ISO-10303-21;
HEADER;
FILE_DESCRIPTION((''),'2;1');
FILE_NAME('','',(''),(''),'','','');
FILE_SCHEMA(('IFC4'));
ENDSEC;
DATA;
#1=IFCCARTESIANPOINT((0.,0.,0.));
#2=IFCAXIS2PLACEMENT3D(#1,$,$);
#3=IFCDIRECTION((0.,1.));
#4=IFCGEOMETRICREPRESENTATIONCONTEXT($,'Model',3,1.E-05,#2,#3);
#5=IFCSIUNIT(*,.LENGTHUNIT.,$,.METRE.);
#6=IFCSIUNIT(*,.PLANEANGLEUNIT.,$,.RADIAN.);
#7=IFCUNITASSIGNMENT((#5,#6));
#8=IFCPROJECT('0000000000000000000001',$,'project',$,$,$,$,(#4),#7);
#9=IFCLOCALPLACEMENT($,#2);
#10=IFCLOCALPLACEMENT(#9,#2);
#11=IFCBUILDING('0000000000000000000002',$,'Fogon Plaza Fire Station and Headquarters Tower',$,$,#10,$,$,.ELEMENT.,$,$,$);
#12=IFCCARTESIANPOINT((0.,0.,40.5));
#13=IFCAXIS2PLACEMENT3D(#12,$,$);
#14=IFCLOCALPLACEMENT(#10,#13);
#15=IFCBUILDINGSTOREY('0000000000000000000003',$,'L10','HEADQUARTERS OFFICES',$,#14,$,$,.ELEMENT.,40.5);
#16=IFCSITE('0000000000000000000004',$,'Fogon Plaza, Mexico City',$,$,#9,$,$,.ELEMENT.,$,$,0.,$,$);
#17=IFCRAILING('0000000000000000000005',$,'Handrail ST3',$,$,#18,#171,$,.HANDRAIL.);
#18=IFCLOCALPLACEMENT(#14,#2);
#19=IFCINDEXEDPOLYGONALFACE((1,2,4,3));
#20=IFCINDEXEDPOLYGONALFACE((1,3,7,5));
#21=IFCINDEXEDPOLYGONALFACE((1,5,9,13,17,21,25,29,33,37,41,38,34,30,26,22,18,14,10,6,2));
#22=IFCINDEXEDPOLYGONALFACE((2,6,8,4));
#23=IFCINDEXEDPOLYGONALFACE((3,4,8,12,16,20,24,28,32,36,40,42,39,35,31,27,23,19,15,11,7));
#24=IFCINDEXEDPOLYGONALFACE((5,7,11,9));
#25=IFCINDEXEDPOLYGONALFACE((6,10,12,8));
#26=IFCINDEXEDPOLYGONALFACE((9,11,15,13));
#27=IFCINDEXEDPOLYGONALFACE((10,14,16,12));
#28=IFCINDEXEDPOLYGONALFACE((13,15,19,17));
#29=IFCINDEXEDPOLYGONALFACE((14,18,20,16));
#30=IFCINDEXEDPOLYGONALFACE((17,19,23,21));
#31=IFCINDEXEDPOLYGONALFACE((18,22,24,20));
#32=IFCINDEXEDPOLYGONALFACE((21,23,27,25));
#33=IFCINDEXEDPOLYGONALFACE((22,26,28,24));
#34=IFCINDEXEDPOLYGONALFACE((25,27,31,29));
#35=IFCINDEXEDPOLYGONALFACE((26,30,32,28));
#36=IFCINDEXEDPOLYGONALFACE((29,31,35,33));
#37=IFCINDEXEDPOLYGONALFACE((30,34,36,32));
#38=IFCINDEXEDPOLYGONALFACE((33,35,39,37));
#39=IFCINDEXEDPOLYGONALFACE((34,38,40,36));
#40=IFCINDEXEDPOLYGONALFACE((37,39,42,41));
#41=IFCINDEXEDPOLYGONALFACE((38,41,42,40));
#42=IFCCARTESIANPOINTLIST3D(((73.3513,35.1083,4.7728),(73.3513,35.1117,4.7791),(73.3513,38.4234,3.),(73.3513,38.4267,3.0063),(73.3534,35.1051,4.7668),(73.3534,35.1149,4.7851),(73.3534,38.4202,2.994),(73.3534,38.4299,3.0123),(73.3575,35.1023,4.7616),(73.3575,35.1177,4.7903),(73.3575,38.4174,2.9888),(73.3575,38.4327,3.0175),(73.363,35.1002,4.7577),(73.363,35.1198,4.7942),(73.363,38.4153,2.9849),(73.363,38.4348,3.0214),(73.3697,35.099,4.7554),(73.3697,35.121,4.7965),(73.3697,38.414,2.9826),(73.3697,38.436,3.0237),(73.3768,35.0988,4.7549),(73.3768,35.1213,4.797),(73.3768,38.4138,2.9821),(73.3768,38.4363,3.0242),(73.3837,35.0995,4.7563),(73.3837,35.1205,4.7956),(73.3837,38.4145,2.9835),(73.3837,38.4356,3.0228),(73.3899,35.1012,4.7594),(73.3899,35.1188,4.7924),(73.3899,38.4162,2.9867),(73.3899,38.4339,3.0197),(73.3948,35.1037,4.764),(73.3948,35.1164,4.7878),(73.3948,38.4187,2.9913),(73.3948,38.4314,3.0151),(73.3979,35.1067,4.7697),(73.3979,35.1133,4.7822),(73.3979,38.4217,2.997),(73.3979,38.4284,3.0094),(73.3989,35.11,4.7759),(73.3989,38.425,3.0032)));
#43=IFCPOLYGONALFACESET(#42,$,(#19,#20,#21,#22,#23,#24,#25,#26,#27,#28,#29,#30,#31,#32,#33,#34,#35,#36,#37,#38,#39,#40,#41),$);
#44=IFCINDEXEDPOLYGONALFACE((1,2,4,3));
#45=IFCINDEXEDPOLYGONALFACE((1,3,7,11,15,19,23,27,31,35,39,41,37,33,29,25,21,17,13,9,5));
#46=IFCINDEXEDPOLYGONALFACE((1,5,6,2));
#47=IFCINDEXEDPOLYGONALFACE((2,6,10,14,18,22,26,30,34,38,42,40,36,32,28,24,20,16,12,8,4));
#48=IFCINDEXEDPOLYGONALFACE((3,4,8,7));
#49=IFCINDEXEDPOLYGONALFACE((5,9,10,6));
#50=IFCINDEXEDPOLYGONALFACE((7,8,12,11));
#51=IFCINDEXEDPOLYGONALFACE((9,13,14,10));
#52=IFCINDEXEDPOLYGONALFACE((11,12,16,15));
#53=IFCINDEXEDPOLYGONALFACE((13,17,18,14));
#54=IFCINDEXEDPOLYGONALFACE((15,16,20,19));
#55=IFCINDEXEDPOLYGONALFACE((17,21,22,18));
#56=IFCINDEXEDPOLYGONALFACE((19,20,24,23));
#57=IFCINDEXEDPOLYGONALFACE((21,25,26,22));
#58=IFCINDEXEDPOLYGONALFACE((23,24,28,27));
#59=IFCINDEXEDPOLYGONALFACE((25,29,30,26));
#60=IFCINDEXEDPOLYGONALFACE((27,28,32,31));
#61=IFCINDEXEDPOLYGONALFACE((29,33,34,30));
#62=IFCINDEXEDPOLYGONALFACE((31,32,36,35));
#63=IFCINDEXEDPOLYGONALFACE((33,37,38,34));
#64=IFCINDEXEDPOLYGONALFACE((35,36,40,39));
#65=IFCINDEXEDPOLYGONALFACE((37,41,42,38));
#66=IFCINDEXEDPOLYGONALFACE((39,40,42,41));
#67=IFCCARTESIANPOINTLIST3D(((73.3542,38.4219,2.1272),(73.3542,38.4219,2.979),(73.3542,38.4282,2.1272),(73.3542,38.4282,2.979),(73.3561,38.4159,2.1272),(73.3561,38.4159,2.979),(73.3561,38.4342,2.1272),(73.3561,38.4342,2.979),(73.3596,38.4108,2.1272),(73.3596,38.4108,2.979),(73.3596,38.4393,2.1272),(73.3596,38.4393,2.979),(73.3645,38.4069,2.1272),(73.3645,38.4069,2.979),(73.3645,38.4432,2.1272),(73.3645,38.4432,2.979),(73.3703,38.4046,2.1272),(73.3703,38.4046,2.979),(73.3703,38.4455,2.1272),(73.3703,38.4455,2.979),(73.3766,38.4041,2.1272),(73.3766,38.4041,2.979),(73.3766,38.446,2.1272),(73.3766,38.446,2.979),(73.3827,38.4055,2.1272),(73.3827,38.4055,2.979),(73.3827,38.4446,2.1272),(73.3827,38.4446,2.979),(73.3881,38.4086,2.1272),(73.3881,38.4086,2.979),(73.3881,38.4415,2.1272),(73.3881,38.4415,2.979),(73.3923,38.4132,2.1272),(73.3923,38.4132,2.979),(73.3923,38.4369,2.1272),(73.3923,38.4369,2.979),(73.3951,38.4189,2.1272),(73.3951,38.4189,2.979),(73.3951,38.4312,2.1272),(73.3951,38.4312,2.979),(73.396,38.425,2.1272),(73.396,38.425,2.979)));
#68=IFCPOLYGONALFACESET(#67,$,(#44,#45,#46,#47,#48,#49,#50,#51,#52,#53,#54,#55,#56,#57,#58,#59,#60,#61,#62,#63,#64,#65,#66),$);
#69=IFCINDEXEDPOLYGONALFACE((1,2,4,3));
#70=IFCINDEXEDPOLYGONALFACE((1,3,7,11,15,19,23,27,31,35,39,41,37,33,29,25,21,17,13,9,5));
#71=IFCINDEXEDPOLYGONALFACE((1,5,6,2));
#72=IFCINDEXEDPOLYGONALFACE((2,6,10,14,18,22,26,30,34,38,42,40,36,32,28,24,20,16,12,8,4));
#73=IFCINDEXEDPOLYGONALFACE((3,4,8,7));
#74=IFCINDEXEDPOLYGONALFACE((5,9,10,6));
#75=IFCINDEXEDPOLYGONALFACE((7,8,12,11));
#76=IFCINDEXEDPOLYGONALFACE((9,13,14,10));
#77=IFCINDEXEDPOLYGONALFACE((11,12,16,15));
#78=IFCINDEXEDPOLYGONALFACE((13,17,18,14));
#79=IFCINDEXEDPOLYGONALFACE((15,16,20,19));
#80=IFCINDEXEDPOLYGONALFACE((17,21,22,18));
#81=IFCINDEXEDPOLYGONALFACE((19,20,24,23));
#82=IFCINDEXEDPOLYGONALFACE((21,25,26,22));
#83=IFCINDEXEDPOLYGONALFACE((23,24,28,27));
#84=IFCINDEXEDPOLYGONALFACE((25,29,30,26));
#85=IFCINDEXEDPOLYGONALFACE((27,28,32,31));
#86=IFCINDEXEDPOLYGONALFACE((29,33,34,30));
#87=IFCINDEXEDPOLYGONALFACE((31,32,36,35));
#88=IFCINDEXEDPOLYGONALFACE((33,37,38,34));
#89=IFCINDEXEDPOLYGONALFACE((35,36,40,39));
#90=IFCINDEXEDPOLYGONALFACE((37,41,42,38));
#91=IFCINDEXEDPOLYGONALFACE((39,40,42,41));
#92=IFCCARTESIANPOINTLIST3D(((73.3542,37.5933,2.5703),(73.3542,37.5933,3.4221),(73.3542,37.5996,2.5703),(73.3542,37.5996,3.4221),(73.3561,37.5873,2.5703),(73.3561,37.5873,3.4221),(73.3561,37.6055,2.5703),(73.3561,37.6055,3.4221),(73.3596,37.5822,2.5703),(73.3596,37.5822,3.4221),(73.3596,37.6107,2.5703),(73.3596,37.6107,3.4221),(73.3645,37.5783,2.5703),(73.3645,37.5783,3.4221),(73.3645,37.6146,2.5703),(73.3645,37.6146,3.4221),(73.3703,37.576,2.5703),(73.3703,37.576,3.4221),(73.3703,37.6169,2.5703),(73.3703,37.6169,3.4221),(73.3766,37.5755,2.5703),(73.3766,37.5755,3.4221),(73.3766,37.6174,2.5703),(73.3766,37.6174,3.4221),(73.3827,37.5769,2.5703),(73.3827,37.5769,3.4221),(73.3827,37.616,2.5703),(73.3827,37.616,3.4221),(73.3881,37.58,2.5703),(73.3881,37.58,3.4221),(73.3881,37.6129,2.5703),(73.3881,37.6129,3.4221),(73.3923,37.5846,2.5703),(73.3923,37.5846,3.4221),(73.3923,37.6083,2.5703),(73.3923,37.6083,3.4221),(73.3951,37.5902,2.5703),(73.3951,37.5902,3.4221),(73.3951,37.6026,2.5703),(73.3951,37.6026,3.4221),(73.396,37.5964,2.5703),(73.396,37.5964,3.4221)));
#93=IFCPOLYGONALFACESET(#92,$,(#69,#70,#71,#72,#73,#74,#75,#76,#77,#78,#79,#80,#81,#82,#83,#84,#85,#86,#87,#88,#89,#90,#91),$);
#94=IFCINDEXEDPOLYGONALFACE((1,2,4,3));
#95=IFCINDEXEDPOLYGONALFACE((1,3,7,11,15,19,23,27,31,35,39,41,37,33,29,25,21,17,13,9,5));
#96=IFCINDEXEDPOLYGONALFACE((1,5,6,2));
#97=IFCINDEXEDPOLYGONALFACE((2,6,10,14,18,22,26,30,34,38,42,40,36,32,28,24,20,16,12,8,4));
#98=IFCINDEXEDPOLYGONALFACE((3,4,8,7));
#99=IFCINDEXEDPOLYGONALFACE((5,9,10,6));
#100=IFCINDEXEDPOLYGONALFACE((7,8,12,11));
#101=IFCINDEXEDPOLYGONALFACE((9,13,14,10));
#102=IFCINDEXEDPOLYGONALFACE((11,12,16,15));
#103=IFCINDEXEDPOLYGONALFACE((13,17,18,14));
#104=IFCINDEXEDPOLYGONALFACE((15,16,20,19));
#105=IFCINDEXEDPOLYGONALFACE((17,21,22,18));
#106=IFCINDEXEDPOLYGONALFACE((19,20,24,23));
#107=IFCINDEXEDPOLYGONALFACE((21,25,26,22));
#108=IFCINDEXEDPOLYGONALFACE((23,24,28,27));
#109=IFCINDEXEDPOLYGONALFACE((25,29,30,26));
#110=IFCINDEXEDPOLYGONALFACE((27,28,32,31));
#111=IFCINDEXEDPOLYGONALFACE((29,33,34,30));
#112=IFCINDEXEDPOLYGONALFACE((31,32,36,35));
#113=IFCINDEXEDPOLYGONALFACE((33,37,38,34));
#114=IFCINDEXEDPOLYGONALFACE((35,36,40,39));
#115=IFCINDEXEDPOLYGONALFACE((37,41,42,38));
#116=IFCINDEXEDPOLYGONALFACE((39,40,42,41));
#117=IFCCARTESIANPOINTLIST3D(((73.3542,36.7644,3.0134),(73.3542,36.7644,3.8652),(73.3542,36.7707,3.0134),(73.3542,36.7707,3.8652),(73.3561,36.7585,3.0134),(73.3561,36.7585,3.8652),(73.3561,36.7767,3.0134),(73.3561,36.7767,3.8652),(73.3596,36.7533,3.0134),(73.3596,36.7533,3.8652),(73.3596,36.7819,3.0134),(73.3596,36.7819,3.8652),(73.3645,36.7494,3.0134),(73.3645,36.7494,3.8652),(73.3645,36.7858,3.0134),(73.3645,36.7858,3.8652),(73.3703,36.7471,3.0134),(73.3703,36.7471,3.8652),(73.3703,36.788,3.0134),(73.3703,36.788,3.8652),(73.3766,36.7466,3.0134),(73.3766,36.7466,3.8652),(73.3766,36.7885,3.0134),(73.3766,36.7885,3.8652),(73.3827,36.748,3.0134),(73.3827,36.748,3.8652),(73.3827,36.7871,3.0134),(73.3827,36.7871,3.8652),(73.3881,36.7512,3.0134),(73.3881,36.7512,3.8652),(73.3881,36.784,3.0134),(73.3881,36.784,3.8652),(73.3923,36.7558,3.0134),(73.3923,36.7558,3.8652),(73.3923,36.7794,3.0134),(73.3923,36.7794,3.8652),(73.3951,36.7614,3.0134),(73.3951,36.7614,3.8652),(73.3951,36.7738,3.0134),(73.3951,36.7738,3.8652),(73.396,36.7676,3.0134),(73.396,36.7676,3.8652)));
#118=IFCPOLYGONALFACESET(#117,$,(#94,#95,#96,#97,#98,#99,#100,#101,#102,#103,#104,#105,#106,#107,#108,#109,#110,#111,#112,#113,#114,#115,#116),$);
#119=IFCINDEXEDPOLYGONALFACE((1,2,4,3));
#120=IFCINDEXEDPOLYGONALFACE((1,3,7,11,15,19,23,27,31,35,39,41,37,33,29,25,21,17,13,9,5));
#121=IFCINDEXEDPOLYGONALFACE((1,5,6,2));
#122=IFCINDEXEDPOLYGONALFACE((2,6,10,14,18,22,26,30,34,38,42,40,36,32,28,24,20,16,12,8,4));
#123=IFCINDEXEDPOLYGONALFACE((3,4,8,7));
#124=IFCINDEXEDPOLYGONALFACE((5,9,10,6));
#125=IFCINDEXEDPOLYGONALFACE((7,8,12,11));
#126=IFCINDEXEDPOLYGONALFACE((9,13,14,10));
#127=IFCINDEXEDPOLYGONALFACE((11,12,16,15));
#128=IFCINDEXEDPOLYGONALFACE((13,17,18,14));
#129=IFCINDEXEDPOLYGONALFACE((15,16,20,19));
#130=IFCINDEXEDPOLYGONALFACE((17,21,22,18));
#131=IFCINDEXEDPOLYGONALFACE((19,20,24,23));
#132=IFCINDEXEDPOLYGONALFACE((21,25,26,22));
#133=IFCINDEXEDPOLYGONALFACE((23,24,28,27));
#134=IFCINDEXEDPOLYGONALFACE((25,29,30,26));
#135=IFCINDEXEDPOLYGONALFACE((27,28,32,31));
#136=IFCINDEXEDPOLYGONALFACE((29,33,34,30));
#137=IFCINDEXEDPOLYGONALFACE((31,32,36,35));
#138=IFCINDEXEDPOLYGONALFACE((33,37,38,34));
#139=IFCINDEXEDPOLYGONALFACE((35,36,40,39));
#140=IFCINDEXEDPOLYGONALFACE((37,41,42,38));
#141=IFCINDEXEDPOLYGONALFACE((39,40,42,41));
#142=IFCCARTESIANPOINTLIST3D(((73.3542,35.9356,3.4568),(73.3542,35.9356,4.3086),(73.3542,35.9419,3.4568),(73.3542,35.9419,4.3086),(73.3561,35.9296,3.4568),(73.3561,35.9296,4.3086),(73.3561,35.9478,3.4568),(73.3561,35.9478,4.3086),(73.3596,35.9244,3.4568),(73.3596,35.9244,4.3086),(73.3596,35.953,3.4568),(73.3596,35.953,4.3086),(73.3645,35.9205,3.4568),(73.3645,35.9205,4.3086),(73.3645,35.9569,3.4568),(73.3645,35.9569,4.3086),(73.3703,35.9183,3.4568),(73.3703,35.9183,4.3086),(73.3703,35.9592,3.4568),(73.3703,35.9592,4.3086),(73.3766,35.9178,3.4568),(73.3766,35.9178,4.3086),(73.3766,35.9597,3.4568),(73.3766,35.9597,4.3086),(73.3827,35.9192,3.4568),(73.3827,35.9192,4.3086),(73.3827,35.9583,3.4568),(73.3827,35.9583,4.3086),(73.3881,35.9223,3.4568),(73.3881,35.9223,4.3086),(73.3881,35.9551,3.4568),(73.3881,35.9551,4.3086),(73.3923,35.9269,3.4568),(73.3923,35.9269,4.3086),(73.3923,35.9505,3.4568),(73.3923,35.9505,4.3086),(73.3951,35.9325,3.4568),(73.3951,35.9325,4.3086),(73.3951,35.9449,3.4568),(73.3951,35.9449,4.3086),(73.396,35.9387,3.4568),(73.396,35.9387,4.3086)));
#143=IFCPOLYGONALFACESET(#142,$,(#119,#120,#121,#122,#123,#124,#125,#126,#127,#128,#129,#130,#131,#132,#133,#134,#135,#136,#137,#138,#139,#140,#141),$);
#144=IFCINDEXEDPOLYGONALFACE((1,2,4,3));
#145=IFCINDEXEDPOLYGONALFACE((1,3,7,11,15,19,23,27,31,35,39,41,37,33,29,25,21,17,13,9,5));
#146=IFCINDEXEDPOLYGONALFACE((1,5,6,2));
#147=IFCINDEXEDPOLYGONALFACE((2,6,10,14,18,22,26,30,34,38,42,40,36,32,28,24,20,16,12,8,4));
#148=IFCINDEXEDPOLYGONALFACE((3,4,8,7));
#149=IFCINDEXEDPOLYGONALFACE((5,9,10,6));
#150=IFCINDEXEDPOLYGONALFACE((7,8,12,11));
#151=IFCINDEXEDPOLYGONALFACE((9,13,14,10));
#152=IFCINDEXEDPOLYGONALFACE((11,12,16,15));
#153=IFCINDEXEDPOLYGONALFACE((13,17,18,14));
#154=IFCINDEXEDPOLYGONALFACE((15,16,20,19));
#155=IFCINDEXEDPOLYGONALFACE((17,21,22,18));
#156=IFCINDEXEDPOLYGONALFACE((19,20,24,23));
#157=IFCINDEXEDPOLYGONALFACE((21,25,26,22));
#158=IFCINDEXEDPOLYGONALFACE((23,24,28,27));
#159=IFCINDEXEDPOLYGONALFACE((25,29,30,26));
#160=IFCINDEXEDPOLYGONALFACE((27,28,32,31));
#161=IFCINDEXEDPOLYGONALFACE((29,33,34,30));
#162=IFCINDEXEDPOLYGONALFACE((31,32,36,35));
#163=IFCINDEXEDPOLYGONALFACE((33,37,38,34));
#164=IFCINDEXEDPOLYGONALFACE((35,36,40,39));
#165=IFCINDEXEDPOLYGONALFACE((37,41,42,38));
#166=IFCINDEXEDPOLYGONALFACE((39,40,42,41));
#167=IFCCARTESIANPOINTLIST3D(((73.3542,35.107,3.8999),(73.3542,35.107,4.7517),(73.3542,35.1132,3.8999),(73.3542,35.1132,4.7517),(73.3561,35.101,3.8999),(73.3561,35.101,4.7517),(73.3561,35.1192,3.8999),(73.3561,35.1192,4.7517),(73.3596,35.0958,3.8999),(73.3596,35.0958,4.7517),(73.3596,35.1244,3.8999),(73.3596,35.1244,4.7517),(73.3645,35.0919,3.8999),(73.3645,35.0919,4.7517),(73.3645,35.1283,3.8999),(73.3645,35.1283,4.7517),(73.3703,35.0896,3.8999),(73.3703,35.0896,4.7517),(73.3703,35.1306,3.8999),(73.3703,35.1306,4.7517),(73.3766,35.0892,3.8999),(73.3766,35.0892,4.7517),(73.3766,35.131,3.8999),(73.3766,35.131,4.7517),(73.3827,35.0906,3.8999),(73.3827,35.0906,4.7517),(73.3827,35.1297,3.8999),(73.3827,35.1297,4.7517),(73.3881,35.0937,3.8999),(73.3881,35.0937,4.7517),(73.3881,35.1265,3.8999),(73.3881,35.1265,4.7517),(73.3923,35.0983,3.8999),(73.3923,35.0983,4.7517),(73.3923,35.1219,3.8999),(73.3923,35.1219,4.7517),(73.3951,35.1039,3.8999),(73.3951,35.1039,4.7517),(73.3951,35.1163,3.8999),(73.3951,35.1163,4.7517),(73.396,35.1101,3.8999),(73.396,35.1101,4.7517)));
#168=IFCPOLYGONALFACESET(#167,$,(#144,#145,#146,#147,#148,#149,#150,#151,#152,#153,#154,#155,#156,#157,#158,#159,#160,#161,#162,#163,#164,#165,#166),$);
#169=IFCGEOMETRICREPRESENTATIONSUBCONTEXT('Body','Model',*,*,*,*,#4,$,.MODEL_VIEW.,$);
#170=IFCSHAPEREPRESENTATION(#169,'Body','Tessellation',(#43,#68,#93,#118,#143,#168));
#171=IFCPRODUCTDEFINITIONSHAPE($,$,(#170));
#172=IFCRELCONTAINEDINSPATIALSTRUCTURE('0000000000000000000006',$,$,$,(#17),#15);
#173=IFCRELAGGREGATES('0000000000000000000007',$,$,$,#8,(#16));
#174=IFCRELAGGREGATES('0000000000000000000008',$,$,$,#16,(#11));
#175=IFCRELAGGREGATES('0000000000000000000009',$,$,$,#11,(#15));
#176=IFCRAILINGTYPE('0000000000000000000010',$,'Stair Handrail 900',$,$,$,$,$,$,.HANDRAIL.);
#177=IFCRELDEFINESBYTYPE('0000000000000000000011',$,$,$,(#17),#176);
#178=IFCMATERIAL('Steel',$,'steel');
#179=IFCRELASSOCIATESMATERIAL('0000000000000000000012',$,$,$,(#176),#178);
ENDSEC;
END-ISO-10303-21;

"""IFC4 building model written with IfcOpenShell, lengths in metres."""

from ifc_helpers import new_model, si_unit, direction, frame, origin, origin_2d, place, context, subcontext, project, spatial, circle, extrude, material, type_object, element, save


model = new_model("IFC4")

# Units and contexts
model_context = context("Model", 3, precision=1e-05, world=origin(), true_north=direction((0.0, 1.0)))
body_context = subcontext(model_context, "Body", "Model", "MODEL_VIEW")
ifc_project = project(units=[si_unit("LENGTHUNIT", "METRE"), si_unit("PLANEANGLEUNIT", "RADIAN")], contexts=[model_context])

# Site, building, storey
site_placement = place(None, origin())
site = spatial("IfcSite", under=ifc_project, at=site_placement, Name="Fogon Plaza, Mexico City", CompositionType="ELEMENT", RefElevation=0.0)
building_placement = place(site_placement, origin())
building = spatial("IfcBuilding", under=site, at=building_placement, Name="Fogon Plaza Fire Station and Headquarters Tower", CompositionType="ELEMENT")
storey_placement = place(building_placement, frame((0.0, 0.0, 40.5)))
storey = spatial("IfcBuildingStorey", under=building, at=storey_placement, Name="L10", Description="HEADQUARTERS OFFICES", CompositionType="ELEMENT", Elevation=40.5)

# Railing
ifc_material_1 = material(Name="Steel", Category="steel")
railing_type = type_object("IfcRailingType", Name="Stair Handrail 900", PredefinedType="HANDRAIL", material=ifc_material_1)
for number, where, name in (
    (1, (73.375, 38.425, 2.1272), "Handrail ST3"),
):
    element("IfcRailing", number, at=place(storey_placement, frame(where)), inside=storey, type_object=railing_type, Name=name, PredefinedType="HANDRAIL", context=body_context, shape_type="SweptSolid", body=[
        extrude(circle(Radius=0.0239, at=origin_2d()), frame((0.0, 0.0, 0.876), z_axis=(0.0, -0.881829, 0.471569), x_axis=(1.0, 0.0, 0.0)), (0.0, 0.0, 1.0), 3.7593),
        extrude(circle(Radius=0.021, at=origin_2d()), origin(), (0.0, 0.0, 1.0), 0.8518),
        extrude(circle(Radius=0.021, at=origin_2d()), frame((0.0, -0.8286, 0.4431)), (0.0, 0.0, 1.0), 0.8518),
        extrude(circle(Radius=0.021, at=origin_2d()), frame((0.0, -1.6575, 0.8862)), (0.0, 0.0, 1.0), 0.8518),
        extrude(circle(Radius=0.021, at=origin_2d()), frame((0.0, -2.4863, 1.3296)), (0.0, 0.0, 1.0), 0.8518),
        extrude(circle(Radius=0.021, at=origin_2d()), frame((0.0, -3.3149, 1.7727)), (0.0, 0.0, 1.0), 0.8518),
    ])

save(model, "model.ifc")
